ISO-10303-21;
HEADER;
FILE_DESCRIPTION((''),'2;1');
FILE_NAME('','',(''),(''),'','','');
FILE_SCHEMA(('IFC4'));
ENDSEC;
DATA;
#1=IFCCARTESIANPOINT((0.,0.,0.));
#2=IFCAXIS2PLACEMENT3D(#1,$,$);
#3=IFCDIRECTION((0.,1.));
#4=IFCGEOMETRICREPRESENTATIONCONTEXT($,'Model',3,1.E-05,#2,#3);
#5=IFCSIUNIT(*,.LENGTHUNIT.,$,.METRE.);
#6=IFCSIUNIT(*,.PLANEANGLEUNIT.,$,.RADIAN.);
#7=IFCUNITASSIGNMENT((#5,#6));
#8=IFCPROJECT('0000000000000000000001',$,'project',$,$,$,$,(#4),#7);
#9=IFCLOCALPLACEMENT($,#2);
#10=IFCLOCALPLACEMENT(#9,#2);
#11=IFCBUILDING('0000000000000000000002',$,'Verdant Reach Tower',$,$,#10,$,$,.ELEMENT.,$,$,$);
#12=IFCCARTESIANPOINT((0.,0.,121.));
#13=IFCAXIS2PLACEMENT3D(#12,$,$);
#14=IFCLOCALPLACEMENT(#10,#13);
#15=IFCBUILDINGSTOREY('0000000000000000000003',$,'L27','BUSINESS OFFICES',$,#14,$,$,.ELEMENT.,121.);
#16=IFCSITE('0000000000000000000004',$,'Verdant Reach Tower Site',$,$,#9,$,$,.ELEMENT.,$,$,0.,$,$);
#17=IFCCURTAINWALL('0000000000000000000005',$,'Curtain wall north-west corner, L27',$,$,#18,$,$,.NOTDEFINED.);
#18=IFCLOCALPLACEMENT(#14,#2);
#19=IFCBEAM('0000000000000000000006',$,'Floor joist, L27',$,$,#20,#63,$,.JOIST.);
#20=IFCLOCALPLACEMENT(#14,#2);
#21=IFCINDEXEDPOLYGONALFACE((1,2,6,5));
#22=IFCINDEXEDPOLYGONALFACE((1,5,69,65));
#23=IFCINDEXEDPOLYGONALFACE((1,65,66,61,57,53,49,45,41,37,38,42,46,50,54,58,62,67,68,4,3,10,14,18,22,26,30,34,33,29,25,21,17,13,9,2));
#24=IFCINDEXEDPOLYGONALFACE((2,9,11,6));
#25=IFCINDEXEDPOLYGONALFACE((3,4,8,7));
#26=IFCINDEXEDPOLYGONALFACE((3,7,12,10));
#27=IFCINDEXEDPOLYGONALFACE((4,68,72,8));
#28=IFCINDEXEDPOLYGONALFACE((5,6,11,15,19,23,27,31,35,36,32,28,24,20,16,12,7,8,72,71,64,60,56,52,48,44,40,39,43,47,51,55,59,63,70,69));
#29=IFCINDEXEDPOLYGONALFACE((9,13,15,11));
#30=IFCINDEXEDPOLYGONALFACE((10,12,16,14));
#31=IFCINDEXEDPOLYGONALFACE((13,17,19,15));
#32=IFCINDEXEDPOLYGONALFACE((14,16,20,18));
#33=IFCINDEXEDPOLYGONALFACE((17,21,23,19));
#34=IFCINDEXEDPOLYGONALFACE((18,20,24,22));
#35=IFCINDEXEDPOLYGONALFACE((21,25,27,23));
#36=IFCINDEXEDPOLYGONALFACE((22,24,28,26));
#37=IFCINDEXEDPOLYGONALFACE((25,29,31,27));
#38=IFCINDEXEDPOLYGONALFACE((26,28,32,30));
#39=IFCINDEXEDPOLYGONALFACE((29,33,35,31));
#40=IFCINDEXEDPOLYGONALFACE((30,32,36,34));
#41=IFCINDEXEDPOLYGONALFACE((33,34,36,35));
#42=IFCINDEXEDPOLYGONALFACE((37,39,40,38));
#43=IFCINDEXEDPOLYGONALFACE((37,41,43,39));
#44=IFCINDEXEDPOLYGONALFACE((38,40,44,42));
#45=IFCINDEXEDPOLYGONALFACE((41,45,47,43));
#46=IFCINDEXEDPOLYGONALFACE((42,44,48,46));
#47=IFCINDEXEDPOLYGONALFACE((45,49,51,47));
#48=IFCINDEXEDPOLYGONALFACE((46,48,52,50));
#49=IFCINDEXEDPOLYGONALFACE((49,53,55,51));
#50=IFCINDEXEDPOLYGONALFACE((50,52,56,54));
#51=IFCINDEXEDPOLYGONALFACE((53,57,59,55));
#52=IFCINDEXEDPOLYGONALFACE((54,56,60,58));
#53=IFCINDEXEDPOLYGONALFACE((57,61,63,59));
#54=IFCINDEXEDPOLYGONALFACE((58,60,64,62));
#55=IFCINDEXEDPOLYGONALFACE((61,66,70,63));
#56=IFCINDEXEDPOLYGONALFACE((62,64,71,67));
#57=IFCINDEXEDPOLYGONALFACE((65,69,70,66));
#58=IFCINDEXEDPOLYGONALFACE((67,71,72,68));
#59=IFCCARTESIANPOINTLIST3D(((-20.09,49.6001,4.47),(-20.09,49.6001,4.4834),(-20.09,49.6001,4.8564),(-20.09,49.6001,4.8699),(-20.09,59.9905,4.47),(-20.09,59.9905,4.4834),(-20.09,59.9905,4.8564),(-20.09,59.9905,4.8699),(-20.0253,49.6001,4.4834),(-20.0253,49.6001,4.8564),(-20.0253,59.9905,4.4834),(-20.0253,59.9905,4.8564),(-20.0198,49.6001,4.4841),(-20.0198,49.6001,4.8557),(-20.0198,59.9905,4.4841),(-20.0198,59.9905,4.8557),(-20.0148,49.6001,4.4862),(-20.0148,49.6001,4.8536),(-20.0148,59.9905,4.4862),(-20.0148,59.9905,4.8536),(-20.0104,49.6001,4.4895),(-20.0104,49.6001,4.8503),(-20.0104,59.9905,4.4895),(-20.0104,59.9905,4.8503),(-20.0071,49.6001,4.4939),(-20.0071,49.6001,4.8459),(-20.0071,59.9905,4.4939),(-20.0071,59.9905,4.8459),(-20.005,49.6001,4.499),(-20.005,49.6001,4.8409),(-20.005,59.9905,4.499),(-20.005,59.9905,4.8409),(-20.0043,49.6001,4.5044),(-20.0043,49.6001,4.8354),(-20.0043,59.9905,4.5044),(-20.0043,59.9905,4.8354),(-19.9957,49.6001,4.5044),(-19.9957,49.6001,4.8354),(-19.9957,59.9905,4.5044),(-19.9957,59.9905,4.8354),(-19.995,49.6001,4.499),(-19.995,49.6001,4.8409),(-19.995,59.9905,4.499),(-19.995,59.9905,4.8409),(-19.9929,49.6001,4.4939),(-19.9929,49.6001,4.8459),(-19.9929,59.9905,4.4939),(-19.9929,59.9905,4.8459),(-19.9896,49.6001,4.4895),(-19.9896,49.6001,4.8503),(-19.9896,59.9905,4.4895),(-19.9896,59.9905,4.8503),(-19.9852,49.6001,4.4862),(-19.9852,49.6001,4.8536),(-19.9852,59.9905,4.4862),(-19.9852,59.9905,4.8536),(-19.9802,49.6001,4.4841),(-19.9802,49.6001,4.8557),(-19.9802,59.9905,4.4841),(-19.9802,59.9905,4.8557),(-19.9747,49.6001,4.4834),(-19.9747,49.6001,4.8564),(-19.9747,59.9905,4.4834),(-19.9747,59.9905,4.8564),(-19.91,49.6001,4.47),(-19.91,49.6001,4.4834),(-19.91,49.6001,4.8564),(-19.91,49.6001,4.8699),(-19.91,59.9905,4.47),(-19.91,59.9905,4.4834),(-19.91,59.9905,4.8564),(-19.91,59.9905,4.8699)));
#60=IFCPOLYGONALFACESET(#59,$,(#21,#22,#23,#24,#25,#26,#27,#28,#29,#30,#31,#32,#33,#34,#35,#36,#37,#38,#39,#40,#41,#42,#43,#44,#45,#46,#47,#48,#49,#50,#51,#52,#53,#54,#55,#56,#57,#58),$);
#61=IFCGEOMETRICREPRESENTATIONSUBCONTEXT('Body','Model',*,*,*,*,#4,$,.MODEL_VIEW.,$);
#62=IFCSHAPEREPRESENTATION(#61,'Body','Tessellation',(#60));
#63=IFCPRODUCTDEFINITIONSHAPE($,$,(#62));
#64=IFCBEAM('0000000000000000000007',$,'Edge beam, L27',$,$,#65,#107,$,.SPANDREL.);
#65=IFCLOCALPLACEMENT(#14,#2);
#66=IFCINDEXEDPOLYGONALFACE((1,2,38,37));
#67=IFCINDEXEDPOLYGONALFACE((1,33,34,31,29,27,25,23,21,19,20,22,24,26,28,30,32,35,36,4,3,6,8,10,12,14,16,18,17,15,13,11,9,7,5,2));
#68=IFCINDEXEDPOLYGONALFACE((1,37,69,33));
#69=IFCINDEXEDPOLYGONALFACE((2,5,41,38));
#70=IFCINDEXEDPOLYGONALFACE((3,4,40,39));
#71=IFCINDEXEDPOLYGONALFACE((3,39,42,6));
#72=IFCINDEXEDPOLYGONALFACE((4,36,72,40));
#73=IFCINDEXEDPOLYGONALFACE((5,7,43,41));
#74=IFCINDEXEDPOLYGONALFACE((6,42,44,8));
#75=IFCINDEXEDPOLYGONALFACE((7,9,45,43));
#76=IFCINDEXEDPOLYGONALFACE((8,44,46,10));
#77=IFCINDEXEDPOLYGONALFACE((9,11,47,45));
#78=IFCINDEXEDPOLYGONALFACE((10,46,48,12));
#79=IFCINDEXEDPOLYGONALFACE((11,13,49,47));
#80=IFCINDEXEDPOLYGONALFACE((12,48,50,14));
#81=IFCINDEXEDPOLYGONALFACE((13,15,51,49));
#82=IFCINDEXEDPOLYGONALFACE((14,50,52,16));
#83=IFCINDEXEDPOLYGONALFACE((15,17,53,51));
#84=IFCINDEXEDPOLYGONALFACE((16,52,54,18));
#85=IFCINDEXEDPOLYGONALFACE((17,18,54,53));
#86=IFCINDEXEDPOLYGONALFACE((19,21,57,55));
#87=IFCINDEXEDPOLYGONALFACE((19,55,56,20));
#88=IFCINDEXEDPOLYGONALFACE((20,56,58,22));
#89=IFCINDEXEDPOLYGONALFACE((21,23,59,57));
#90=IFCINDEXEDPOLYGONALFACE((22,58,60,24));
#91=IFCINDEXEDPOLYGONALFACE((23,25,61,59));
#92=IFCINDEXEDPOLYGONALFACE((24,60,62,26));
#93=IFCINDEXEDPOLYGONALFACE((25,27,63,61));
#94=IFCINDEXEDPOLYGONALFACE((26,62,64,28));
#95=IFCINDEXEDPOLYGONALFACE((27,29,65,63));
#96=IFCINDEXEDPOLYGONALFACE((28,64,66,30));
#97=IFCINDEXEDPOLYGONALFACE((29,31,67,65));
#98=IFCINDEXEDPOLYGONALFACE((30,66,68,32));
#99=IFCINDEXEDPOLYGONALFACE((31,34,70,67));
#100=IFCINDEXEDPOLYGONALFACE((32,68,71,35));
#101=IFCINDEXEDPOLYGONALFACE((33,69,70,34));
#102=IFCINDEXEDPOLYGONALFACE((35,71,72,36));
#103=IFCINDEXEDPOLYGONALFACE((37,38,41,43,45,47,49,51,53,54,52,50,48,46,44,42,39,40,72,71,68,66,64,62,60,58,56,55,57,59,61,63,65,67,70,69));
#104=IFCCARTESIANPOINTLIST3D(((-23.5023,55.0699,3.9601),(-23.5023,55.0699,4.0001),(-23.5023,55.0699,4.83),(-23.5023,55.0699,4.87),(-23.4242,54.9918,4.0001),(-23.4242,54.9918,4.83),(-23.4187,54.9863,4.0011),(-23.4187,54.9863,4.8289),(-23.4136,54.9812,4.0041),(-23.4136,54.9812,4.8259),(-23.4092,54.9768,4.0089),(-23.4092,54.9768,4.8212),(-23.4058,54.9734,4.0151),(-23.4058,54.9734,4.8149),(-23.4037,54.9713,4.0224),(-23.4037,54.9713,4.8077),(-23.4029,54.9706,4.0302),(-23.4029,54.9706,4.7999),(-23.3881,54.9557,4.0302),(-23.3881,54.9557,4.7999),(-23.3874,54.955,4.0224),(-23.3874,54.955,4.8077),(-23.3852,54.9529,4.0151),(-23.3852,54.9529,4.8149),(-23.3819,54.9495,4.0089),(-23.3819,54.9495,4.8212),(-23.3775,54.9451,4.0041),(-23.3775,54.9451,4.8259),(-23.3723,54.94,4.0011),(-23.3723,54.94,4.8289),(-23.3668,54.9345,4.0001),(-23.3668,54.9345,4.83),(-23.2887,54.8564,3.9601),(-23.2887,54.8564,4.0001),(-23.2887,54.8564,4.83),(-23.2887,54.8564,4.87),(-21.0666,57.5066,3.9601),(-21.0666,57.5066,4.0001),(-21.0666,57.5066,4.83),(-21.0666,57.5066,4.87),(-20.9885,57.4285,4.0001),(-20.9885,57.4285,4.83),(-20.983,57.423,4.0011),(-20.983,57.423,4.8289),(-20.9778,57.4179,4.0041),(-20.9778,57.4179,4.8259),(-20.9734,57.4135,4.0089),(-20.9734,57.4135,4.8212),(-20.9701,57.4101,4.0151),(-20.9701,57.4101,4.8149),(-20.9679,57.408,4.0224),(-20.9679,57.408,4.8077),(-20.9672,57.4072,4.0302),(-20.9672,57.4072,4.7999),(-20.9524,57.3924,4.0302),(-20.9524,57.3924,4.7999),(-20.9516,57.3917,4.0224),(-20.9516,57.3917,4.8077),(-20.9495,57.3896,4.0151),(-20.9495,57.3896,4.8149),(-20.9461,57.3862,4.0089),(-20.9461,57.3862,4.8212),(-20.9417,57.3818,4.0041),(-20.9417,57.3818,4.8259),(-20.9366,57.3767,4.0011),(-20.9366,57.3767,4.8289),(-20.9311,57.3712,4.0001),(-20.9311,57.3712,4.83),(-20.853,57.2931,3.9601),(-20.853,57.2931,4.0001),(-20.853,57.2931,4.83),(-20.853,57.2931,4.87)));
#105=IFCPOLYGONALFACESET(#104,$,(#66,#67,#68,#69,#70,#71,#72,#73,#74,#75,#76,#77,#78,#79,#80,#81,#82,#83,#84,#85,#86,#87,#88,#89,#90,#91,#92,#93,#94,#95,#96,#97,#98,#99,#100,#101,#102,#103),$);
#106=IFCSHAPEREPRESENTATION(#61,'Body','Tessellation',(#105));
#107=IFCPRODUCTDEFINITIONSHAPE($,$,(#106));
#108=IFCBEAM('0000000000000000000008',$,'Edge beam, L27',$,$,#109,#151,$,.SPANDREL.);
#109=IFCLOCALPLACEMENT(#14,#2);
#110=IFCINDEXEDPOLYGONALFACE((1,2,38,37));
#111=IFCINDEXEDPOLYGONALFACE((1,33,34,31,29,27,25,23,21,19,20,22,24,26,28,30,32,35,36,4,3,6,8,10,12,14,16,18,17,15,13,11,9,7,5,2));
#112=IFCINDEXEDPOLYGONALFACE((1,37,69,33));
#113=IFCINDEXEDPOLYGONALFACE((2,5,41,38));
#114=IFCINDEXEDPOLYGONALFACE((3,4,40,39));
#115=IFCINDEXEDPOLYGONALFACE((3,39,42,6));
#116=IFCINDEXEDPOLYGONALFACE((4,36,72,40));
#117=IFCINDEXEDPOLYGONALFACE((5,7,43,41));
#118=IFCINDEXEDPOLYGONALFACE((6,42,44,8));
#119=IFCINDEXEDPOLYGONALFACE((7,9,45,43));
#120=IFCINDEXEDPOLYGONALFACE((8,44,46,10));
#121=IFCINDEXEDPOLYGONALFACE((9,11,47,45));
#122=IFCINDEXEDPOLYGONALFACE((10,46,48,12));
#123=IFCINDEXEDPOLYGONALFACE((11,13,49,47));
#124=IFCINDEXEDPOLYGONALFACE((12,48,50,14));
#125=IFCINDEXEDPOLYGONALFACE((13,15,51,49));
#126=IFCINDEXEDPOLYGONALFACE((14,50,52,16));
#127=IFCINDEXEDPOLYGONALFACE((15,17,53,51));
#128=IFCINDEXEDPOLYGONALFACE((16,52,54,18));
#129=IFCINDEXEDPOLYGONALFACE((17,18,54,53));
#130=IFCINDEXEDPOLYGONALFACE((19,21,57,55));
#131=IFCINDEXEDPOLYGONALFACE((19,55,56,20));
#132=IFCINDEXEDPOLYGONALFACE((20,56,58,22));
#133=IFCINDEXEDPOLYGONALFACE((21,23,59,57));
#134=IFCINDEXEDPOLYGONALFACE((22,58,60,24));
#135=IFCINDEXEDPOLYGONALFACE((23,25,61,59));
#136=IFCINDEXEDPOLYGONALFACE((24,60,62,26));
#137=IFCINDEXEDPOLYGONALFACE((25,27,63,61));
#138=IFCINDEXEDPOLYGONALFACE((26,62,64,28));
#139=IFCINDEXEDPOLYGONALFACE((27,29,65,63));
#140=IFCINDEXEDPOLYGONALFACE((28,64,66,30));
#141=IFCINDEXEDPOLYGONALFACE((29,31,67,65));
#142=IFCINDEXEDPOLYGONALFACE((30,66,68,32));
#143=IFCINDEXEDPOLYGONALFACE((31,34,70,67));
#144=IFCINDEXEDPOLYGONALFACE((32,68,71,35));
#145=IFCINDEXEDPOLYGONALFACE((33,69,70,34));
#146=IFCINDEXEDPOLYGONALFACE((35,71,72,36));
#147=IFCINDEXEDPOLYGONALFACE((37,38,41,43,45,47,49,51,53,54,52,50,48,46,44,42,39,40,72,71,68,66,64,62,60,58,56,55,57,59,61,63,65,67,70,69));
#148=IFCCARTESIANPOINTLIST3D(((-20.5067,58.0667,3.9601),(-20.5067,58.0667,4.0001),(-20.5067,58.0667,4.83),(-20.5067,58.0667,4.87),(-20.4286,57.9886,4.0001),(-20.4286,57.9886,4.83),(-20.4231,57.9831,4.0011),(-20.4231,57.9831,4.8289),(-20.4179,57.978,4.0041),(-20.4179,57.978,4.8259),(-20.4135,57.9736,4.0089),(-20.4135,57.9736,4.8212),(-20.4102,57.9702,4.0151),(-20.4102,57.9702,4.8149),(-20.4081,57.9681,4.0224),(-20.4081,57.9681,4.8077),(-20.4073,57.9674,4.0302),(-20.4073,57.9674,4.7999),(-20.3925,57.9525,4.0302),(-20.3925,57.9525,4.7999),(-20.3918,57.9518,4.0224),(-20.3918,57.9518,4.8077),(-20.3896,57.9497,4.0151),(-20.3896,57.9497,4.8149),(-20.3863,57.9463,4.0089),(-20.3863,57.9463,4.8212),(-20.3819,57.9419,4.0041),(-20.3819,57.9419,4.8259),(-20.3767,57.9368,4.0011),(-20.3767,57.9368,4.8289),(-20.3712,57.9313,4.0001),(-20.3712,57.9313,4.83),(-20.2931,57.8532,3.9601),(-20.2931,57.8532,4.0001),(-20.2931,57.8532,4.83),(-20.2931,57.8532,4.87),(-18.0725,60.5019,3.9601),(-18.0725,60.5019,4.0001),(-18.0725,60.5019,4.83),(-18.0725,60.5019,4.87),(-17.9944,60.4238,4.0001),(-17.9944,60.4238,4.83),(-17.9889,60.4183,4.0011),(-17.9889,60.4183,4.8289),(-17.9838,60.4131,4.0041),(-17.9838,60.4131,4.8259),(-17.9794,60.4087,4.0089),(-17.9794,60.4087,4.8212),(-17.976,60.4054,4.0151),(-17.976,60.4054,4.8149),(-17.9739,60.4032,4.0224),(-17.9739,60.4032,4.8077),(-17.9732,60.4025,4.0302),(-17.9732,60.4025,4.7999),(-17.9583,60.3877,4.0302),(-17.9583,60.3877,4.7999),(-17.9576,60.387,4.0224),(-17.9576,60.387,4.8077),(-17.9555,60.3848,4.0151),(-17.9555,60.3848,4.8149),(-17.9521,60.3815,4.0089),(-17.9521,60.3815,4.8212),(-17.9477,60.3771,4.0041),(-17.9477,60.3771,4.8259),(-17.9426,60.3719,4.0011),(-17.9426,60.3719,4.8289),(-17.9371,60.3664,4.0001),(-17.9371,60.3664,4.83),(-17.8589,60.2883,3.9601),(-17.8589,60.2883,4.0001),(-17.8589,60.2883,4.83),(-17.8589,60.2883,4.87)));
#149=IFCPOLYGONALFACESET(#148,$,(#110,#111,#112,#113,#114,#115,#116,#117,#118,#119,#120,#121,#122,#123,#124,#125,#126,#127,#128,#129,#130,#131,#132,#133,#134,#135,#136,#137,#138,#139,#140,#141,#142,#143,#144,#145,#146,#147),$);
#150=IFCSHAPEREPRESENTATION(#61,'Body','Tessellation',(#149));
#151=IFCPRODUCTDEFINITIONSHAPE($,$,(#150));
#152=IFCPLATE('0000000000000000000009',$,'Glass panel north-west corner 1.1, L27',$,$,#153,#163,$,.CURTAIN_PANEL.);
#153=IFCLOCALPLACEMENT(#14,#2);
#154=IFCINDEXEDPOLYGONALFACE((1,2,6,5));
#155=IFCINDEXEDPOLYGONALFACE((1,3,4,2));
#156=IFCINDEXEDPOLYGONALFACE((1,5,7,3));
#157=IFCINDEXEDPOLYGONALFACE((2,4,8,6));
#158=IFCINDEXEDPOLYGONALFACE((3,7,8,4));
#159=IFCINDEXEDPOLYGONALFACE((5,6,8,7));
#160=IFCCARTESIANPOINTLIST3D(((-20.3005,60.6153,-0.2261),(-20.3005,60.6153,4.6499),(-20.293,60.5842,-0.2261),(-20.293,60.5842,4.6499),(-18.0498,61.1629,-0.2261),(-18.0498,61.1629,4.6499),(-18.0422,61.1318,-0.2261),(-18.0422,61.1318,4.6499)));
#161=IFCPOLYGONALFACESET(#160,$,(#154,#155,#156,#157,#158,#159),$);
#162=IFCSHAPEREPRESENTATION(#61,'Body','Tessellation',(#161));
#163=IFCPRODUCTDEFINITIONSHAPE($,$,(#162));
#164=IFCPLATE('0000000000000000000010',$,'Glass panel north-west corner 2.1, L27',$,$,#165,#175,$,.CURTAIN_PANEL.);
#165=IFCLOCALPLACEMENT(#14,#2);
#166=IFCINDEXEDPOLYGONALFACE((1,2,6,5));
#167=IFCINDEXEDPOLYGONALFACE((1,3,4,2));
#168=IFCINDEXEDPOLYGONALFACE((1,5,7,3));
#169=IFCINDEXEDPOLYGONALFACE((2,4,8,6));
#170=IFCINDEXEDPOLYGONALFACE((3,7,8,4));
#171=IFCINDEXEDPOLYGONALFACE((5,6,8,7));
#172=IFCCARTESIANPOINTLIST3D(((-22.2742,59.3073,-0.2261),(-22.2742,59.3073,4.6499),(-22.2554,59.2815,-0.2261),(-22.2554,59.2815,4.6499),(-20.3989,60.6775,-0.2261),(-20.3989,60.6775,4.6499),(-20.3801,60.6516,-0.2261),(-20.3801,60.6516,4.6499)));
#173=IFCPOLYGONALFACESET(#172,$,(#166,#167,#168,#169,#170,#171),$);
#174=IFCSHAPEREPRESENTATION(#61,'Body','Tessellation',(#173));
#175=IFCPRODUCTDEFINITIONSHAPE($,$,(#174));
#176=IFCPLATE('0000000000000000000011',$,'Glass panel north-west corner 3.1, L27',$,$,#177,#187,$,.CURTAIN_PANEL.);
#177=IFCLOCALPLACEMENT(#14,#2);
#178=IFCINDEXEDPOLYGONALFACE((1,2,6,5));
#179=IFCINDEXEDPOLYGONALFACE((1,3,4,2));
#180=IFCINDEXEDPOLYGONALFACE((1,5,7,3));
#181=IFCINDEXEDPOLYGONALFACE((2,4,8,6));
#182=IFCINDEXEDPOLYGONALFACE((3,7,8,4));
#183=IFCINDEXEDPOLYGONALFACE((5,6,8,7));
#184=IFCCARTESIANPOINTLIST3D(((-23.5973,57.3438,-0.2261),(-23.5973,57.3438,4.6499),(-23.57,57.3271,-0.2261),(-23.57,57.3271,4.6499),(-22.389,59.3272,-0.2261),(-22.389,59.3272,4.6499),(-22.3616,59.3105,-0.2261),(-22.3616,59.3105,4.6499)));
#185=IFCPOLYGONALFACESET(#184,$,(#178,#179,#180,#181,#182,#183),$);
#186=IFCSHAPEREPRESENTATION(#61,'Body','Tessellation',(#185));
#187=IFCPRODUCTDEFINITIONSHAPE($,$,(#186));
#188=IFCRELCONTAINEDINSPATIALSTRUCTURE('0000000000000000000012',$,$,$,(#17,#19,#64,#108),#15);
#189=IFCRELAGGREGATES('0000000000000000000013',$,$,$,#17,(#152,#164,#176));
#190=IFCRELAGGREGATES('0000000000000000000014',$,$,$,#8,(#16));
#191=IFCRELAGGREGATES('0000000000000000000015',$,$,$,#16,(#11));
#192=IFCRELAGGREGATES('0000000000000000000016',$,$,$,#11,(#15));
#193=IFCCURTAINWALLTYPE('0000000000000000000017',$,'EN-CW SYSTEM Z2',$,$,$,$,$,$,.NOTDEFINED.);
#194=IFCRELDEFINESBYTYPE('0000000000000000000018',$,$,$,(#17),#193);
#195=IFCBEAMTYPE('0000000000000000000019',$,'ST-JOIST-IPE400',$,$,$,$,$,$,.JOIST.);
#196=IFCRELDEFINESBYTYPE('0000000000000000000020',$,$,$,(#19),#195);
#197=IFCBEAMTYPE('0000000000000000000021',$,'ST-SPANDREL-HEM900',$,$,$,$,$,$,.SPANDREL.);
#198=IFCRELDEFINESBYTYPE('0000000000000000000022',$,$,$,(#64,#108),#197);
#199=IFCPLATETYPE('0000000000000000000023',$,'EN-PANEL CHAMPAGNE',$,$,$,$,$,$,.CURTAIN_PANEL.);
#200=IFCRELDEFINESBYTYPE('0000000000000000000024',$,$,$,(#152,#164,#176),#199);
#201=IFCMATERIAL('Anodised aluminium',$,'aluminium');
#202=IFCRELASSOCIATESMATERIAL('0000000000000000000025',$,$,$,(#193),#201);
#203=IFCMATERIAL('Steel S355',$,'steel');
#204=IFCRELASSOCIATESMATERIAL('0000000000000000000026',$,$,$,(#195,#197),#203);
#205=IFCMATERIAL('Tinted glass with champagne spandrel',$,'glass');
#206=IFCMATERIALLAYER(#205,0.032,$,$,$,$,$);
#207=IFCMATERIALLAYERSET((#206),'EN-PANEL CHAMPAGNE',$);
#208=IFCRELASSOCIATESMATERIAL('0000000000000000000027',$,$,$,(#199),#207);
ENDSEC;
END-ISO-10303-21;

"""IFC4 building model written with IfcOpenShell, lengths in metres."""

from ifc_helpers import new_model, si_unit, direction, frame, origin, origin_2d, place, context, subcontext, project, spatial, rectangle, i_section, extrude, material, layer, layer_set, material_profile, profile_set, type_object, element, aggregate, save


model = new_model("IFC4")

# Units and contexts
model_context = context("Model", 3, precision=1e-05, world=origin(), true_north=direction((0.0, 1.0)))
body_context = subcontext(model_context, "Body", "Model", "MODEL_VIEW")
ifc_project = project(units=[si_unit("LENGTHUNIT", "METRE"), si_unit("PLANEANGLEUNIT", "RADIAN")], contexts=[model_context])

# Site, building, storey
site_placement = place(None, origin())
site = spatial("IfcSite", under=ifc_project, at=site_placement, Name="Verdant Reach Tower Site", CompositionType="ELEMENT", RefElevation=0.0)
building_placement = place(site_placement, origin())
building = spatial("IfcBuilding", under=site, at=building_placement, Name="Verdant Reach Tower", CompositionType="ELEMENT")
storey_placement = place(building_placement, frame((0.0, 0.0, 121.0)))
storey = spatial("IfcBuildingStorey", under=building, at=storey_placement, Name="L27", Description="BUSINESS OFFICES", CompositionType="ELEMENT", Elevation=121.0)

# Curtain wall
ifc_material_1 = material(Name="Anodised aluminium", Category="aluminium")
curtain_wall_type = type_object("IfcCurtainWallType", Name="EN-CW SYSTEM Z2", PredefinedType="NOTDEFINED", material=ifc_material_1)
curtain_wall_1_placement = place(storey_placement, origin())
curtain_wall_1 = element("IfcCurtainWall", 1, at=curtain_wall_1_placement, inside=storey, type_object=curtain_wall_type, Name="Curtain wall north-west corner, L27", PredefinedType="NOTDEFINED")

# Beams
ifc_material_2 = material(Name="Steel S355", Category="steel")
ifc_material_profile_1 = material_profile(ifc_material_2, i_section(OverallWidth=0.1799, OverallDepth=0.3999, WebThickness=0.0085, FlangeThickness=0.0134, FilletRadius=0.021, at=origin_2d()), Name="IPE 400")
ifc_profile_set_1 = profile_set([ifc_material_profile_1], Name="Steel S355")
beam_type_1 = type_object("IfcBeamType", Name="ST-JOIST-IPE400", PredefinedType="JOIST", material=ifc_profile_set_1)
beam_1_placement = place(storey_placement, frame((-20.0, 49.6001, 4.6699), z_axis=(0.0, 1.0, 0.0), x_axis=(-1.0, 0.0, 0.0)))
element("IfcBeam", 2, at=beam_1_placement, inside=storey, type_object=beam_type_1, Name="Floor joist, L27", PredefinedType="JOIST", context=body_context, shape_type="SweptSolid", body=[
    extrude(i_section(OverallWidth=0.1799, OverallDepth=0.3999, WebThickness=0.0085, FlangeThickness=0.0134, FilletRadius=0.021, at=origin_2d()), origin(), (0.0, 0.0, 1.0), 10.3904),
])
ifc_material_profile_2 = material_profile(ifc_material_2, i_section(OverallWidth=0.302, OverallDepth=0.9099, WebThickness=0.021, FlangeThickness=0.04, FilletRadius=0.03, at=origin_2d()), Name="HEM 900")
ifc_profile_set_2 = profile_set([ifc_material_profile_2], Name="Steel S355")
beam_type_2 = type_object("IfcBeamType", Name="ST-SPANDREL-HEM900", PredefinedType="SPANDREL", material=ifc_profile_set_2)
beam_2_placement = place(storey_placement, frame((-23.3955, 54.9631, 4.415), z_axis=(0.706965, 0.707248, 0.0), x_axis=(-0.707248, 0.706965, 0.0)))
element("IfcBeam", 3, at=beam_2_placement, inside=storey, type_object=beam_type_2, Name="Edge beam, L27", PredefinedType="SPANDREL", context=body_context, shape_type="SweptSolid", body=[
    extrude(i_section(OverallWidth=0.302, OverallDepth=0.9099, WebThickness=0.021, FlangeThickness=0.04, FilletRadius=0.03, at=origin_2d()), origin(), (0.0, 0.0, 1.0), 3.4453),
])
beam_3_placement = place(storey_placement, frame((-20.3999, 57.96, 4.415), z_axis=(0.706965, 0.707249, 0.0), x_axis=(-0.707249, 0.706965, 0.0)))
element("IfcBeam", 4, at=beam_3_placement, inside=storey, type_object=beam_type_2, Name="Edge beam, L27", PredefinedType="SPANDREL", context=body_context, shape_type="SweptSolid", body=[
    extrude(i_section(OverallWidth=0.302, OverallDepth=0.9099, WebThickness=0.021, FlangeThickness=0.04, FilletRadius=0.03, at=origin_2d()), origin(), (0.0, 0.0, 1.0), 3.4431),
])

# Plates
ifc_material_3 = material(Name="Tinted glass with champagne spandrel", Category="glass")
ifc_layer_1 = layer(ifc_material_3, 0.032)
ifc_layer_set_1 = layer_set([ifc_layer_1], Name="EN-PANEL CHAMPAGNE")
plate_type_1 = type_object("IfcPlateType", Name="EN-PANEL CHAMPAGNE", PredefinedType="CURTAIN_PANEL", material=ifc_layer_set_1)
plate_1_placement = place(storey_placement, frame((-19.1714, 60.8735, -0.2261), z_axis=(0.0, 0.0, 1.0), x_axis=(-0.971658, -0.236391, 0.0)))
plate_1 = element("IfcPlate", 5, at=plate_1_placement, type_object=plate_type_1, Name="Glass panel north-west corner 1.1, L27", PredefinedType="CURTAIN_PANEL", context=body_context, shape_type="SweptSolid", body=[
    extrude(rectangle(XDim=2.3164, YDim=0.032, at=origin_2d()), origin(), (0.0, 0.0, 1.0), 4.876),
])
plate_2_placement = place(storey_placement, frame((-21.3271, 59.9795, -0.2261), z_axis=(0.0, 0.0, 1.0), x_axis=(-0.807457, -0.589927, 0.0)))
plate_2 = element("IfcPlate", 6, at=plate_2_placement, type_object=plate_type_1, Name="Glass panel north-west corner 2.1, L27", PredefinedType="CURTAIN_PANEL", context=body_context, shape_type="SweptSolid", body=[
    extrude(rectangle(XDim=2.3225, YDim=0.032, at=origin_2d()), origin(), (0.0, 0.0, 1.0), 4.876),
])
plate_3_placement = place(storey_placement, frame((-22.9795, 58.3271, -0.2261), z_axis=(0.0, 0.0, 1.0), x_axis=(-0.520292, -0.853989, 0.0)))
plate_3 = element("IfcPlate", 7, at=plate_3_placement, type_object=plate_type_1, Name="Glass panel north-west corner 3.1, L27", PredefinedType="CURTAIN_PANEL", context=body_context, shape_type="SweptSolid", body=[
    extrude(rectangle(XDim=2.3225, YDim=0.032, at=origin_2d()), origin(), (0.0, 0.0, 1.0), 4.876),
])
aggregate(curtain_wall_1, [plate_1, plate_2, plate_3])

save(model, "model.ifc")
